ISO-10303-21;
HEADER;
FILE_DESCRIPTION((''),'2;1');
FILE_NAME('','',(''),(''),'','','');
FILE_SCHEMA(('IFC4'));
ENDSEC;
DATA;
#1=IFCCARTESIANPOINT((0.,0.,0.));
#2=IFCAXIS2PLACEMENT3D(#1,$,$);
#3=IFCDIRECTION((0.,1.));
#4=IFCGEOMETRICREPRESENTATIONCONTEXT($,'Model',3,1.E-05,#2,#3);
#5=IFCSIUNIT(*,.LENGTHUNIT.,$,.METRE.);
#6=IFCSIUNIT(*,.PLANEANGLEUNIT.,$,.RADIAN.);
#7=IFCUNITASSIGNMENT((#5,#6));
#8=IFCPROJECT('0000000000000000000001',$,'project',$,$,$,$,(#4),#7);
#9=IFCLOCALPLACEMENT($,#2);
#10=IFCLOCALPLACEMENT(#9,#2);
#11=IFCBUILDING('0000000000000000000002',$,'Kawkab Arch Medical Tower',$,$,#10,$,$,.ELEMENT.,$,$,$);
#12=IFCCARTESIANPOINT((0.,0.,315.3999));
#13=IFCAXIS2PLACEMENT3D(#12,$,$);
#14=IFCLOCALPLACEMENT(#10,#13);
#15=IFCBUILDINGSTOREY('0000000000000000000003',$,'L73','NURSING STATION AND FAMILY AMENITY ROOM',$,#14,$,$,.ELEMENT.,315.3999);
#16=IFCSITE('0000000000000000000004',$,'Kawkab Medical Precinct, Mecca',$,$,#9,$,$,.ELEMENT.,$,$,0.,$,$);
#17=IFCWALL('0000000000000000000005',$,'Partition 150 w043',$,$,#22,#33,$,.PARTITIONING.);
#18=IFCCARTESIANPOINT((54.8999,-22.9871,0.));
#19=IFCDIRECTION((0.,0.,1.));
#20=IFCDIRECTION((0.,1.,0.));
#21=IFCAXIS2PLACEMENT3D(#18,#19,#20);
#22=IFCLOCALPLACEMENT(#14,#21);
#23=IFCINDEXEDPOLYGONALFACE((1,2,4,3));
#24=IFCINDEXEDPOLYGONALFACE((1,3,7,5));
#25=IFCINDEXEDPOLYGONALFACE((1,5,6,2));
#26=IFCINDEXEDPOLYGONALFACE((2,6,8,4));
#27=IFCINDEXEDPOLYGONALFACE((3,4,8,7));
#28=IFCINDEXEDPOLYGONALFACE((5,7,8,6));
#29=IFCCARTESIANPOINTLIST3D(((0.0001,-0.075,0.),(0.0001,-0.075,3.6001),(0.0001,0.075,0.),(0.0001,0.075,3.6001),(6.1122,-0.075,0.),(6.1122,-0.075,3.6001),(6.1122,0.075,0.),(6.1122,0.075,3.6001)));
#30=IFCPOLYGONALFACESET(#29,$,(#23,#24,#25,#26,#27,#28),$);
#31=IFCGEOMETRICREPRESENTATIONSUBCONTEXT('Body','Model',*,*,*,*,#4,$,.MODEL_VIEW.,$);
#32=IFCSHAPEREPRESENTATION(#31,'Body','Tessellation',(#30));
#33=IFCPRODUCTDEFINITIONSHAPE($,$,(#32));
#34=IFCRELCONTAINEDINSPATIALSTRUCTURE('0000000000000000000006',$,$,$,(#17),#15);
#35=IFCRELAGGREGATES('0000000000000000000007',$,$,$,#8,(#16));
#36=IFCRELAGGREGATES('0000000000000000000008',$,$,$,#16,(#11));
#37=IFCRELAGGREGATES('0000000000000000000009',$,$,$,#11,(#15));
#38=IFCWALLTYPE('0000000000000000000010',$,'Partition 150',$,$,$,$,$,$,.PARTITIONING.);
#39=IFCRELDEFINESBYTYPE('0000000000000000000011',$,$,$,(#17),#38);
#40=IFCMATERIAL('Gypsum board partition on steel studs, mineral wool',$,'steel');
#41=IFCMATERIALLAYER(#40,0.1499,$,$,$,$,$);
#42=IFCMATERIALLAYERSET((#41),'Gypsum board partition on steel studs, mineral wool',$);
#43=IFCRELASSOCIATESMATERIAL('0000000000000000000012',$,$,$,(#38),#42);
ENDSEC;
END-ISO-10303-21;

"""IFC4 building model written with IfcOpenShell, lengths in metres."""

from ifc_helpers import new_model, si_unit, direction, frame, frame_2d, origin, place, context, subcontext, project, spatial, rectangle, extrude, material, layer, layer_set, type_object, element, save


model = new_model("IFC4")

# Units and contexts
model_context = context("Model", 3, precision=1e-05, world=origin(), true_north=direction((0.0, 1.0)))
body_context = subcontext(model_context, "Body", "Model", "MODEL_VIEW")
ifc_project = project(units=[si_unit("LENGTHUNIT", "METRE"), si_unit("PLANEANGLEUNIT", "RADIAN")], contexts=[model_context])

# Site, building, storey
site_placement = place(None, origin())
site = spatial("IfcSite", under=ifc_project, at=site_placement, Name="Kawkab Medical Precinct, Mecca", CompositionType="ELEMENT", RefElevation=0.0)
building_placement = place(site_placement, origin())
building = spatial("IfcBuilding", under=site, at=building_placement, Name="Kawkab Arch Medical Tower", CompositionType="ELEMENT")
storey_placement = place(building_placement, frame((0.0, 0.0, 315.3999)))
storey = spatial("IfcBuildingStorey", under=building, at=storey_placement, Name="L73", Description="NURSING STATION AND FAMILY AMENITY ROOM", CompositionType="ELEMENT", Elevation=315.3999)

# Wall
ifc_material_1 = material(Name="Gypsum board partition on steel studs, mineral wool", Category="steel")
ifc_layer_1 = layer(ifc_material_1, 0.1499)
ifc_layer_set_1 = layer_set([ifc_layer_1], Name="Gypsum board partition on steel studs, mineral wool")
wall_type_1 = type_object("IfcWallType", Name="Partition 150", PredefinedType="PARTITIONING", material=ifc_layer_set_1)
wall_1_placement = place(storey_placement, frame((54.8999, -22.9871, 0.0), z_axis=(0.0, 0.0, 1.0), x_axis=(0.0, 1.0, 0.0)))
element("IfcWall", 1, at=wall_1_placement, inside=storey, type_object=wall_type_1, Name="Partition 150 w043", PredefinedType="PARTITIONING", context=body_context, shape_type="SweptSolid", body=[
    extrude(rectangle(XDim=6.1121, YDim=0.1499, at=frame_2d((3.0562, 0.0))), origin(), (0.0, 0.0, 1.0), 3.6001),
])

save(model, "model.ifc")
